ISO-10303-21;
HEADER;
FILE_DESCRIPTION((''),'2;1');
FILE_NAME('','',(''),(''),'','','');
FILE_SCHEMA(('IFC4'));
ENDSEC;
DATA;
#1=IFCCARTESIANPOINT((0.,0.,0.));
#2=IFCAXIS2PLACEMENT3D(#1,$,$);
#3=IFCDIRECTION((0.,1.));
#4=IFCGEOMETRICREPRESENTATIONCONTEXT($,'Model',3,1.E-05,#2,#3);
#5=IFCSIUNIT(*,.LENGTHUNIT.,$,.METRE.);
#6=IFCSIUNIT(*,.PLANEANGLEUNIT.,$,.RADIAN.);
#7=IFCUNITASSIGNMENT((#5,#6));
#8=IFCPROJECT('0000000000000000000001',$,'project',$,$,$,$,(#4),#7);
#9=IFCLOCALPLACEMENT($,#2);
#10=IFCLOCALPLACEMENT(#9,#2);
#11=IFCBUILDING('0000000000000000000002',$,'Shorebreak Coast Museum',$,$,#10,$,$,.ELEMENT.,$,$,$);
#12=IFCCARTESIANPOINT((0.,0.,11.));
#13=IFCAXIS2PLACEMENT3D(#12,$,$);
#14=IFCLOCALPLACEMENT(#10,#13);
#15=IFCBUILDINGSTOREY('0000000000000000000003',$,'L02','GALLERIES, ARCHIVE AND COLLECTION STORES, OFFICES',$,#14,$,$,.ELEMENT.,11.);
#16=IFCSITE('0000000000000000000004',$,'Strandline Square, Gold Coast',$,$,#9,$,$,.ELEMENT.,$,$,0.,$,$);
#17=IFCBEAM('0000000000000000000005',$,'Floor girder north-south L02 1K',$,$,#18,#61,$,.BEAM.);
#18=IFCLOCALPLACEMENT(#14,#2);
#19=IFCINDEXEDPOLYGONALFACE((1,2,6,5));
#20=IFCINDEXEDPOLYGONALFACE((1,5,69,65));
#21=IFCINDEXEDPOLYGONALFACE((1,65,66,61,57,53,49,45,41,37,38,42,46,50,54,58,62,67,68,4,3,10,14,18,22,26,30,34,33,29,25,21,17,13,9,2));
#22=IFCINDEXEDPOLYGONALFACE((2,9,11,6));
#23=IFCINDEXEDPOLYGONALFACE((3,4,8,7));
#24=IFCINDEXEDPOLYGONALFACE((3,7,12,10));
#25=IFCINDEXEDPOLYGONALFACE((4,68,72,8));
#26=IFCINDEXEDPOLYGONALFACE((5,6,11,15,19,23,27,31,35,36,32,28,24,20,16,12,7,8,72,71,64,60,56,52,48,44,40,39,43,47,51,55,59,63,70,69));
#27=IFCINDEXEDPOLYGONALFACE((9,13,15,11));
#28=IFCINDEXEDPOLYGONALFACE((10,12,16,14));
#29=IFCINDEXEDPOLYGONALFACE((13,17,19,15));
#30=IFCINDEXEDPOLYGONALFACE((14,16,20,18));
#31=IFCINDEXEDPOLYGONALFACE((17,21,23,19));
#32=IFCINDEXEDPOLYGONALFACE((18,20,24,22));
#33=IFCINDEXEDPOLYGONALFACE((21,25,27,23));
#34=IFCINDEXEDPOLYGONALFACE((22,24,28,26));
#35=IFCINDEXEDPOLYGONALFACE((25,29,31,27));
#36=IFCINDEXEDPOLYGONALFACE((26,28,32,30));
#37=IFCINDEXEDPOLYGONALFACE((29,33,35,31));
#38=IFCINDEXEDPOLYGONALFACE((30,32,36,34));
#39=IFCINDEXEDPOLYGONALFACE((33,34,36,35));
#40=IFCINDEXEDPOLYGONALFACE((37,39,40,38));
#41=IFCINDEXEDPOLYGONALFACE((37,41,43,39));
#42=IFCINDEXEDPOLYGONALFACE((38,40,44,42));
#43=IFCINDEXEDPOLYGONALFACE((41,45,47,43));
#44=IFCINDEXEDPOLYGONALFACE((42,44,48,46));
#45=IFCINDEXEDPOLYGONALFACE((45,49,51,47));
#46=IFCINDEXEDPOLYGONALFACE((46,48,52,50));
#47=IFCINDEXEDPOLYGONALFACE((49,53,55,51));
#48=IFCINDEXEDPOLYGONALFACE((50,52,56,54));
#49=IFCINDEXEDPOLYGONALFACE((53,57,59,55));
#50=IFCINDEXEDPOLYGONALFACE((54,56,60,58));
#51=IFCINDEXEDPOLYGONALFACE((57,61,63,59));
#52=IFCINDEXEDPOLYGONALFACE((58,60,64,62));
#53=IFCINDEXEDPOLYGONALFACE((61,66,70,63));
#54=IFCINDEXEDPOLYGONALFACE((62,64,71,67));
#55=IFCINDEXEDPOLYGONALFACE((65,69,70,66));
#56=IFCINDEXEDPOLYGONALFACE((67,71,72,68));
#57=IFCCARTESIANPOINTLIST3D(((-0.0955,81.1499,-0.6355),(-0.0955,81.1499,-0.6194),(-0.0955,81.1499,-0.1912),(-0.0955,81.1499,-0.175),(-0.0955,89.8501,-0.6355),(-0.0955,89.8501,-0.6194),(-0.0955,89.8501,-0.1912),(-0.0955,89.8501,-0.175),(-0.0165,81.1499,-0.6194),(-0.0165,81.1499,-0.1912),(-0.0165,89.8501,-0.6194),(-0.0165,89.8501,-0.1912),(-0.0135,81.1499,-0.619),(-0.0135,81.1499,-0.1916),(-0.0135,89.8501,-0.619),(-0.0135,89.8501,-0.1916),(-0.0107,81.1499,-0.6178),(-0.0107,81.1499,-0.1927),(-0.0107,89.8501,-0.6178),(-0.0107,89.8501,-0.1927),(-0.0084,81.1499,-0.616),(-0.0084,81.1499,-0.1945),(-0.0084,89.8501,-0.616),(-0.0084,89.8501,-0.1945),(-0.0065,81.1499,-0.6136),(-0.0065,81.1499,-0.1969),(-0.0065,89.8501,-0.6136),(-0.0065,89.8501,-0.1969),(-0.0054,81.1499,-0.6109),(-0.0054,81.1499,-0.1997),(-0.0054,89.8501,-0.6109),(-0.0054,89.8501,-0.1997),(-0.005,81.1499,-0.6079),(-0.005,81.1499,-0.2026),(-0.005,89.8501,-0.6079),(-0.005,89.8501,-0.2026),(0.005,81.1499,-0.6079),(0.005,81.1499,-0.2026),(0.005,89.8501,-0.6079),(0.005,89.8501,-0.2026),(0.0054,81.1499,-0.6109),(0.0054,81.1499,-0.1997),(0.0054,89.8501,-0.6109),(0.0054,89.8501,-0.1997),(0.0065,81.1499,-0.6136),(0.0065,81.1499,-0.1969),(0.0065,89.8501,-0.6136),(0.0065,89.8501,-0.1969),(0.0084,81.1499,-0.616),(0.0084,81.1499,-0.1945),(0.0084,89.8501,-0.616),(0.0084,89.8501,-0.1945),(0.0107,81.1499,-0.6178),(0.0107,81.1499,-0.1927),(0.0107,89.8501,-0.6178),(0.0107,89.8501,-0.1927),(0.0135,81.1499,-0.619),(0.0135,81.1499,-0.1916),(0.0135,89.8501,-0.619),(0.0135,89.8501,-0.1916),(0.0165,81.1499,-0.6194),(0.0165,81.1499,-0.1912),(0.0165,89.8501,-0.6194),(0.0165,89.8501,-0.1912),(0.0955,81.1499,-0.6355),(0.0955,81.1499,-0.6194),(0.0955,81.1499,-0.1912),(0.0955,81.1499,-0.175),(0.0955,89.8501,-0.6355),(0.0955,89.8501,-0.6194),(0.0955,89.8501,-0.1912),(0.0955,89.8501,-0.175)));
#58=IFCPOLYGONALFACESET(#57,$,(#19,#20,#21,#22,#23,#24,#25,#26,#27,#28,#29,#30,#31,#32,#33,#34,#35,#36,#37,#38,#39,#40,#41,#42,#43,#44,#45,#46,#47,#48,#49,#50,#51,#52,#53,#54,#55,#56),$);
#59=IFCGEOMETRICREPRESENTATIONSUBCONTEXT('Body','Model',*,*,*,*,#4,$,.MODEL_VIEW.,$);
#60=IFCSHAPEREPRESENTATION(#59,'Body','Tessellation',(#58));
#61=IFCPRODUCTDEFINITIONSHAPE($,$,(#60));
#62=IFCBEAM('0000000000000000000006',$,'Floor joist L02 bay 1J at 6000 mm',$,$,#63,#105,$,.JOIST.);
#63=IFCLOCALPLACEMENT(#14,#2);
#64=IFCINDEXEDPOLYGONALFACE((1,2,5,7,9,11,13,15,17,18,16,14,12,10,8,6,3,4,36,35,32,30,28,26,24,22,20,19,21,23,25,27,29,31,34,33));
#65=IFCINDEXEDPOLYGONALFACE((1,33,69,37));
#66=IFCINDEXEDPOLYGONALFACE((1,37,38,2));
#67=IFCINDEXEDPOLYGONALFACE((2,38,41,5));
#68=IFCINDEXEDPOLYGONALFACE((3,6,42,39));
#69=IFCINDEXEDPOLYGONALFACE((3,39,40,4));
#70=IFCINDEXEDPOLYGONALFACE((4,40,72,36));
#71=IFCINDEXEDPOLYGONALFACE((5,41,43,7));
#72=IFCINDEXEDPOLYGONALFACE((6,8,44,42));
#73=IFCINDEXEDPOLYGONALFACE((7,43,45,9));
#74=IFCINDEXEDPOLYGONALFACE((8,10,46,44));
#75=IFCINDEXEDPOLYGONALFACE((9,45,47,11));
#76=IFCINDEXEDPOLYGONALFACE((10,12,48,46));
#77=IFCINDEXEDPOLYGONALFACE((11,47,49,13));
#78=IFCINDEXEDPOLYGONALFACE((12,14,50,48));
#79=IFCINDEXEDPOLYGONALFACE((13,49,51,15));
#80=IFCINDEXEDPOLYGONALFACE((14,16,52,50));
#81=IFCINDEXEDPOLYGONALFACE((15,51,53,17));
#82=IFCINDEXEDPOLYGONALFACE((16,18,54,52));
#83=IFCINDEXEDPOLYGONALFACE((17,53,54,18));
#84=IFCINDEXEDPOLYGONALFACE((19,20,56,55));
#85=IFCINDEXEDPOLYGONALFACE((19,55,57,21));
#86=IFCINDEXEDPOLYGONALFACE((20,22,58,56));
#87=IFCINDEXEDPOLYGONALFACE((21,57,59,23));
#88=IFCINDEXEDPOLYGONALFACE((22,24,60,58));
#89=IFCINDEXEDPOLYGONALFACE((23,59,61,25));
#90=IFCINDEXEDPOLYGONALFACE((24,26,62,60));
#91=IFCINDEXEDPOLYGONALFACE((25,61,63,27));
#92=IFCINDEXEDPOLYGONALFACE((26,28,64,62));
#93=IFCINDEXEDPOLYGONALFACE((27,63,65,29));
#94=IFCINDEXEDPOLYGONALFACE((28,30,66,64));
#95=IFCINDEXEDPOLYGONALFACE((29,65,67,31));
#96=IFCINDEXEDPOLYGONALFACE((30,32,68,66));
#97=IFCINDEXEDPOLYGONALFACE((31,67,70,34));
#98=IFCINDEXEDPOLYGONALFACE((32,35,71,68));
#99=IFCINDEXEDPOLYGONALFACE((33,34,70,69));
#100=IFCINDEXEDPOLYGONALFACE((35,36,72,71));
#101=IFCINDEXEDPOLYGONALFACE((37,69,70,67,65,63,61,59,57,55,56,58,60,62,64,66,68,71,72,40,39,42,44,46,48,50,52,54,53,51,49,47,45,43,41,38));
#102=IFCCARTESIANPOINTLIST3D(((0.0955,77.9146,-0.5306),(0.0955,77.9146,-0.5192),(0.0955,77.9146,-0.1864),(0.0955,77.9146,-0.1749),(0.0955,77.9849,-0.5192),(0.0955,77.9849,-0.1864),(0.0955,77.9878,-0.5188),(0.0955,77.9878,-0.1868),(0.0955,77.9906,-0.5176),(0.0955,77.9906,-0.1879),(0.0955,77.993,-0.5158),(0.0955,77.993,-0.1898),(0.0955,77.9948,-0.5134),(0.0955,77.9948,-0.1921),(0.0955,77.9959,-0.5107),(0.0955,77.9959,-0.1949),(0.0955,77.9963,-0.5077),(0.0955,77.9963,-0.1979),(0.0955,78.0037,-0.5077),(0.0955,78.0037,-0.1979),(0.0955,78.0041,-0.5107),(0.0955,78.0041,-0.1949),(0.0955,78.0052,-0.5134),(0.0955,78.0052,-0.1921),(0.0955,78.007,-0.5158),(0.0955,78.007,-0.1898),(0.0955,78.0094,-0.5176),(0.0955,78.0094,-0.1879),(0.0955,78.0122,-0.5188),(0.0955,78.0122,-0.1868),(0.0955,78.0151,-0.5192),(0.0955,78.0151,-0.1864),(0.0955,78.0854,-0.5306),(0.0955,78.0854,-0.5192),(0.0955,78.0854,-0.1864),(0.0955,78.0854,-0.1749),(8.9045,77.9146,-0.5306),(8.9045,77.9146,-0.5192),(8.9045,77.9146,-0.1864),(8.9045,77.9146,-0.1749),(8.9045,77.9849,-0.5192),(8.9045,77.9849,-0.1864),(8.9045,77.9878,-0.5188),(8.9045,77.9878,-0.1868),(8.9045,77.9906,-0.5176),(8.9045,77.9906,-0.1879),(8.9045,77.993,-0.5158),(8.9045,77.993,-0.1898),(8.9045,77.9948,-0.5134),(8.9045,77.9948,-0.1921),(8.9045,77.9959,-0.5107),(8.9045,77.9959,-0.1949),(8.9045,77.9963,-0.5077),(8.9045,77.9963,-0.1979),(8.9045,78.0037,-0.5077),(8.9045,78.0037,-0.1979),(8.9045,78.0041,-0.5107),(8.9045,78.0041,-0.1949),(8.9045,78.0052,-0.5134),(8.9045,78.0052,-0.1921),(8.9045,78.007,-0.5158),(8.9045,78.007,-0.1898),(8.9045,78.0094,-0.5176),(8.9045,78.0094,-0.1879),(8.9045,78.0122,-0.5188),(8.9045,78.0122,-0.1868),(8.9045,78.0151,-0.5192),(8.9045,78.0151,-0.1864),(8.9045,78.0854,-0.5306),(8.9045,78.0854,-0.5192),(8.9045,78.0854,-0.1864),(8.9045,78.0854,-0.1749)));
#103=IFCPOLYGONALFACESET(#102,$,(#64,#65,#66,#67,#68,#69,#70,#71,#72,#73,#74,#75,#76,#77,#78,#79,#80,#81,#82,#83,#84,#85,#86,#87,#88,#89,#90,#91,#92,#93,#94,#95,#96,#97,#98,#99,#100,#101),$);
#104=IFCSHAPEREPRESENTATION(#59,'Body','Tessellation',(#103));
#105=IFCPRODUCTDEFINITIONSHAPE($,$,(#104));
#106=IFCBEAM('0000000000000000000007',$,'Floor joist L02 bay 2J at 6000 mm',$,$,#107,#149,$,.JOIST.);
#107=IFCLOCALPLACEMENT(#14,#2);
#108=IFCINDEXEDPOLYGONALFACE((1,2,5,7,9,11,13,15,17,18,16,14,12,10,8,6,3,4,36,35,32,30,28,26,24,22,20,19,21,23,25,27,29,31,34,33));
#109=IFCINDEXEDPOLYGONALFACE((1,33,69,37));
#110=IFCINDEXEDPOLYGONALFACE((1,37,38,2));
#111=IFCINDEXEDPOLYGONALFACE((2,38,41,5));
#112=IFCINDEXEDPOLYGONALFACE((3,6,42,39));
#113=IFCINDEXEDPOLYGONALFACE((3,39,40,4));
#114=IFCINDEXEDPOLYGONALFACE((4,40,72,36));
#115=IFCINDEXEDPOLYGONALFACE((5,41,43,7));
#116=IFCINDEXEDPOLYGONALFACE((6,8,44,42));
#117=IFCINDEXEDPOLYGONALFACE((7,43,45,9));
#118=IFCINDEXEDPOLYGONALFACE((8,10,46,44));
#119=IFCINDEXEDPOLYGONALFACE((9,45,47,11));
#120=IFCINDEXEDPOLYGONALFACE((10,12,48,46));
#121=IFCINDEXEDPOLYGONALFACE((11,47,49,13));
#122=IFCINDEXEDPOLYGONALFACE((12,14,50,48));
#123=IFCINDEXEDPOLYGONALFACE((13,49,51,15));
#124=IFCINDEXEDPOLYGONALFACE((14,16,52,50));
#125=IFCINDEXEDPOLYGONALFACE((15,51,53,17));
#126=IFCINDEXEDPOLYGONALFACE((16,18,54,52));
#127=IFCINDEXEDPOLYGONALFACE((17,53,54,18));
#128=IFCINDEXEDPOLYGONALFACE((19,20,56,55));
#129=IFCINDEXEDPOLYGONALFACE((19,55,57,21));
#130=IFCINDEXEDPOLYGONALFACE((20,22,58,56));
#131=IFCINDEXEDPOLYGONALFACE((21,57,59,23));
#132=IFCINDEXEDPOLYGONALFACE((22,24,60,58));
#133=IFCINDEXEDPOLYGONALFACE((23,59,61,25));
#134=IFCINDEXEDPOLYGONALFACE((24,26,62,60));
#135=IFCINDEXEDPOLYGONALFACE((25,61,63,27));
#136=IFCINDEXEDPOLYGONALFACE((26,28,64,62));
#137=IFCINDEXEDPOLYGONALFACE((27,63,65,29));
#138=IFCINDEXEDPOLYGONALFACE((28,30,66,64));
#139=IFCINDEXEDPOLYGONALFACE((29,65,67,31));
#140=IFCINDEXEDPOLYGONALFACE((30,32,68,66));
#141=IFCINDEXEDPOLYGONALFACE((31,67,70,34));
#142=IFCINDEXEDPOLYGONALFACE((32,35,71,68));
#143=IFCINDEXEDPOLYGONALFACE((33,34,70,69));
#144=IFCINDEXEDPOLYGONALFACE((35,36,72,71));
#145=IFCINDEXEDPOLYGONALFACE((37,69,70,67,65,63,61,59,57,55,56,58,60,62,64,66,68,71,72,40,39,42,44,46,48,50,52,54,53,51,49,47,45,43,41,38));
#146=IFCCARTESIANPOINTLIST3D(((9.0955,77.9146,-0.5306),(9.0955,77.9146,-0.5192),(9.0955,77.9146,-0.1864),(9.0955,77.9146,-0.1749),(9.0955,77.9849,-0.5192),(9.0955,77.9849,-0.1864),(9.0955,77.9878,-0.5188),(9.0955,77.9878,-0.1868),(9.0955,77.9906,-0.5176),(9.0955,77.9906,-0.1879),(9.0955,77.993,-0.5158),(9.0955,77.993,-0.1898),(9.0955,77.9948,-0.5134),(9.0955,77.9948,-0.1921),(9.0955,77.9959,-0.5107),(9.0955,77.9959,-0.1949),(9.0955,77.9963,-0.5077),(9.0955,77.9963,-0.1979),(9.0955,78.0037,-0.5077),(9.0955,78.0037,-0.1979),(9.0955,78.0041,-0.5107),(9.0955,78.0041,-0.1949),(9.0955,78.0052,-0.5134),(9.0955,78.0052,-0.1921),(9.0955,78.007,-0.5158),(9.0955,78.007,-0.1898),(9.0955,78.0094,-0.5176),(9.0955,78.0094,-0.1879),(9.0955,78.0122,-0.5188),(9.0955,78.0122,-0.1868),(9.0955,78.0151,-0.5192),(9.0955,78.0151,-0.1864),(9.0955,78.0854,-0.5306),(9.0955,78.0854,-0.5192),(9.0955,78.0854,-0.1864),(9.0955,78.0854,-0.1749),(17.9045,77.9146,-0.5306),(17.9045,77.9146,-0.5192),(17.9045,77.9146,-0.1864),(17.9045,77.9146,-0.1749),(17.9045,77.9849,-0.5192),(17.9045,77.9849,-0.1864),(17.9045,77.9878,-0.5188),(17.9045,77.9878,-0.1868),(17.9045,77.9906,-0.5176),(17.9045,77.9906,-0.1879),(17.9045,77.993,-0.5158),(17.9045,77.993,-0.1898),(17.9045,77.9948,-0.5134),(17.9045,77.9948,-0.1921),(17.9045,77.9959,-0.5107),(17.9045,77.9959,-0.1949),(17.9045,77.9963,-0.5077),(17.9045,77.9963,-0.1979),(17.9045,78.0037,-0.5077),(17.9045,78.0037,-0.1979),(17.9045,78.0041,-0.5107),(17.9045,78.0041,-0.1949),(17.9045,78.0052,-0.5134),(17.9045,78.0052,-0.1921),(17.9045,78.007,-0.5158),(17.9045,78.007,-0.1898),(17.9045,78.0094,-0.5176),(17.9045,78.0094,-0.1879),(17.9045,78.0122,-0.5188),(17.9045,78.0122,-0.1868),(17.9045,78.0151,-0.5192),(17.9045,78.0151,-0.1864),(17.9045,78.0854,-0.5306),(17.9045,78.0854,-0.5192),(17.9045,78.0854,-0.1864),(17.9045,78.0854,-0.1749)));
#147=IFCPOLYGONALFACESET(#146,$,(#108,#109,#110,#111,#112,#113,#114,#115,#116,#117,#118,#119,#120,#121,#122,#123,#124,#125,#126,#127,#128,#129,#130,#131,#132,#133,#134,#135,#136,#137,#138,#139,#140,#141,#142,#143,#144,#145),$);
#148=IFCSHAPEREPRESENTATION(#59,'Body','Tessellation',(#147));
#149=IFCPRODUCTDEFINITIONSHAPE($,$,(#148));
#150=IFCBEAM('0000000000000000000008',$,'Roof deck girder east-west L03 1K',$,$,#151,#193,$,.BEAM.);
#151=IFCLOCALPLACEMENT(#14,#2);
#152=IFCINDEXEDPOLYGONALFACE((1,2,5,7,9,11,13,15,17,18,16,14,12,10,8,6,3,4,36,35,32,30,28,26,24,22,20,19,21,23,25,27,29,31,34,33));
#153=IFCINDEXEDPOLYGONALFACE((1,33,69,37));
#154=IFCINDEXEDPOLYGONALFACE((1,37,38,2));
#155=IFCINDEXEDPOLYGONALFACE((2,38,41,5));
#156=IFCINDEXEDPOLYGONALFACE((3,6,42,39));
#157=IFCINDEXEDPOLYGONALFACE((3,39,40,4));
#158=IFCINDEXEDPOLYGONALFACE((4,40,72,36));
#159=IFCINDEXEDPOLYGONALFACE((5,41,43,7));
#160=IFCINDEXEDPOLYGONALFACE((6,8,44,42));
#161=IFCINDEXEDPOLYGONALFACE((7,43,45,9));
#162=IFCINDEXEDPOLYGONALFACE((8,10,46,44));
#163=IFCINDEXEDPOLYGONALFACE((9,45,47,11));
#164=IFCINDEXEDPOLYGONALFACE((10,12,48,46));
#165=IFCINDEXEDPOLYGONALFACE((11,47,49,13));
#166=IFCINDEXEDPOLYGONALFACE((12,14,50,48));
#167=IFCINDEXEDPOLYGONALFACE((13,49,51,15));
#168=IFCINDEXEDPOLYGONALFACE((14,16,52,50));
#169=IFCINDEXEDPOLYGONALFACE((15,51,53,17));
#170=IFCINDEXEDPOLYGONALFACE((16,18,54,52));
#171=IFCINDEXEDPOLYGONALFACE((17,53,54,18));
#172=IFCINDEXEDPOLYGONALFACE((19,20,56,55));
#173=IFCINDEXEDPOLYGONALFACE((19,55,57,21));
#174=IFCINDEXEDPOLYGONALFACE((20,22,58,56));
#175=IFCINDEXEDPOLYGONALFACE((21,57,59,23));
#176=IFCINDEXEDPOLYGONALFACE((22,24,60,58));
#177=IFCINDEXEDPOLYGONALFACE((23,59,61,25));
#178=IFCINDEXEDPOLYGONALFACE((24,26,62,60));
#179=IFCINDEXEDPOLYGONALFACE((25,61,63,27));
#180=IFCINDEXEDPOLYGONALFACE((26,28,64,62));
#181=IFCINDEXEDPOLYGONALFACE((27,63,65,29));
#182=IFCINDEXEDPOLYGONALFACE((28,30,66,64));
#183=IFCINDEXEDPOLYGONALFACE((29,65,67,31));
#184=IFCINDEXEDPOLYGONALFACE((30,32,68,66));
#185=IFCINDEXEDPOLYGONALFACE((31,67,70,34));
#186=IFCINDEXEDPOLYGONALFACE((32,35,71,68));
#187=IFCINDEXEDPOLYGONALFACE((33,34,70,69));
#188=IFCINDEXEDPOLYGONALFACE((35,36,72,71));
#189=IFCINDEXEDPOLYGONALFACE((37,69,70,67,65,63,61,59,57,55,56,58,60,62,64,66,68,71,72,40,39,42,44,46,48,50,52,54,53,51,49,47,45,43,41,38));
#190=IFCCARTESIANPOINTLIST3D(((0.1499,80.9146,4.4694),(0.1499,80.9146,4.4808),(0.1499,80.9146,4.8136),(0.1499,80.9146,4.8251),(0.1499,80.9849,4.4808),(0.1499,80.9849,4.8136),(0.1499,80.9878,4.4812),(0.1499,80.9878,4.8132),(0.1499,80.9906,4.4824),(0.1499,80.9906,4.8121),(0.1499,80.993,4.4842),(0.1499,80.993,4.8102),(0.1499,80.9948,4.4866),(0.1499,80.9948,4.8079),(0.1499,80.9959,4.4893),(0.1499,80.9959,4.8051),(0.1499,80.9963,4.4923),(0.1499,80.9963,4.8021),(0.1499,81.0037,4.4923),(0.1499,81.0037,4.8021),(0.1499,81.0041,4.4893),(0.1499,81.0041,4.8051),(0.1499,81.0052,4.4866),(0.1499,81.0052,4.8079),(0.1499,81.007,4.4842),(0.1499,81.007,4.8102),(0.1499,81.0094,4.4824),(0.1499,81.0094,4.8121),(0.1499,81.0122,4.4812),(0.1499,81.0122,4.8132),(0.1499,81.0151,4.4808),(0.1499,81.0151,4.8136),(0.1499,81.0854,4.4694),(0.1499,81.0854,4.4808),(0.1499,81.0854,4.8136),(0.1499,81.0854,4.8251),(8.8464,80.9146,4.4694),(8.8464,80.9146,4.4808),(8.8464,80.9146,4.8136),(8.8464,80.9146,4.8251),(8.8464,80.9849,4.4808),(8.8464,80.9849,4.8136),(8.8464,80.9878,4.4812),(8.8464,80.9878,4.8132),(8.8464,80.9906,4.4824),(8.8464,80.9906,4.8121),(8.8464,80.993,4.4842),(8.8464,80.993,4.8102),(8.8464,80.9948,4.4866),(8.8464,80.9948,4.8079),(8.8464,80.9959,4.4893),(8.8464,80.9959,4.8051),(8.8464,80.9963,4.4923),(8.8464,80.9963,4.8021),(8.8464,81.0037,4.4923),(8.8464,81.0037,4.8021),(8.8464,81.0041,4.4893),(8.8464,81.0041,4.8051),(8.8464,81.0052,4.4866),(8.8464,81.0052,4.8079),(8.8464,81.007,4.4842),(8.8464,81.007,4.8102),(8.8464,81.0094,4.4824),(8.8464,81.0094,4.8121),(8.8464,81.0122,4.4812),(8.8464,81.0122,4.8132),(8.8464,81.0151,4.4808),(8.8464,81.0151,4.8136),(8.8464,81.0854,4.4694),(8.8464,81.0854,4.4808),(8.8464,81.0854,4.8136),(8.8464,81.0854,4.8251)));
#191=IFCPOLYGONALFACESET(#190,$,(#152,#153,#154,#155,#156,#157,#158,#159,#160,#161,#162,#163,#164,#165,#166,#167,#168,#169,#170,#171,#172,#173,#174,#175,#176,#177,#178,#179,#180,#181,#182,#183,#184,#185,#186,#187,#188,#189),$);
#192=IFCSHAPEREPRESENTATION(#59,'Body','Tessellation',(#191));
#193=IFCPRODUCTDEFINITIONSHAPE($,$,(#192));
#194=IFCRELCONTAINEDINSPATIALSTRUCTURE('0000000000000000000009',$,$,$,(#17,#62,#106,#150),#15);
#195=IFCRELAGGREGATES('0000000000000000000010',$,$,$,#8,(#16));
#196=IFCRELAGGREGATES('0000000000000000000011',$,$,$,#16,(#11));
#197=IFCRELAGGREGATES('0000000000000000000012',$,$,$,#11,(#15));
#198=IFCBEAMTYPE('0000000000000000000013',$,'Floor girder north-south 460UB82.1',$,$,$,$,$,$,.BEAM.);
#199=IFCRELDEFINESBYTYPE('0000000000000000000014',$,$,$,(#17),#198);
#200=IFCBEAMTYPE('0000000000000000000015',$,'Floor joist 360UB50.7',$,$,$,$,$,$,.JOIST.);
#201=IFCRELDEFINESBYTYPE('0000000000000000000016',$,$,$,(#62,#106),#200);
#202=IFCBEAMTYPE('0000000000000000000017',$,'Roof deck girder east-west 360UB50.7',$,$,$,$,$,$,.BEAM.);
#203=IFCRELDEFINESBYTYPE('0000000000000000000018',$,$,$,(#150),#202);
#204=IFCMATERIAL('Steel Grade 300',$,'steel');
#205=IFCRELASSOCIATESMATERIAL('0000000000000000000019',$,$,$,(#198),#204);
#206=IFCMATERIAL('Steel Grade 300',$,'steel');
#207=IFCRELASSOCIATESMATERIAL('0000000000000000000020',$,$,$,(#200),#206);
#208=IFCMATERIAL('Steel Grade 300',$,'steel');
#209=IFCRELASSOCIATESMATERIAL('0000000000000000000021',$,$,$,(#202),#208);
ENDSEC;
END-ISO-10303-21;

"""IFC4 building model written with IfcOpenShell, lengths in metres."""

from ifc_helpers import new_model, si_unit, direction, frame, origin, origin_2d, place, context, subcontext, project, spatial, i_section, extrude, material, material_profile, profile_set, type_object, element, save


model = new_model("IFC4")

# Units and contexts
model_context = context("Model", 3, precision=1e-05, world=origin(), true_north=direction((0.0, 1.0)))
body_context = subcontext(model_context, "Body", "Model", "MODEL_VIEW")
ifc_project = project(units=[si_unit("LENGTHUNIT", "METRE"), si_unit("PLANEANGLEUNIT", "RADIAN")], contexts=[model_context])

# Site, building, storey
site_placement = place(None, origin())
site = spatial("IfcSite", under=ifc_project, at=site_placement, Name="Strandline Square, Gold Coast", CompositionType="ELEMENT", RefElevation=0.0)
building_placement = place(site_placement, origin())
building = spatial("IfcBuilding", under=site, at=building_placement, Name="Shorebreak Coast Museum", CompositionType="ELEMENT")
storey_placement = place(building_placement, frame((0.0, 0.0, 11.0)))
storey = spatial("IfcBuildingStorey", under=building, at=storey_placement, Name="L02", Description="GALLERIES, ARCHIVE AND COLLECTION STORES, OFFICES", CompositionType="ELEMENT", Elevation=11.0)

# Beams
ifc_material_1 = material(Name="Steel Grade 300", Category="steel")
ifc_material_profile_1 = material_profile(ifc_material_1, i_section(OverallWidth=0.1909, OverallDepth=0.4604, WebThickness=0.01, FlangeThickness=0.0161, FilletRadius=0.0115, at=origin_2d()), Name="460UB82.1")
ifc_profile_set_1 = profile_set([ifc_material_profile_1], Name="Steel Grade 300")
beam_type_1 = type_object("IfcBeamType", Name="Floor girder north-south 460UB82.1", PredefinedType="BEAM", material=ifc_profile_set_1)
beam_1_placement = place(storey_placement, frame((0.0, 81.1499, -0.4053), z_axis=(0.0, 1.0, 0.0), x_axis=(-1.0, 0.0, 0.0)))
element("IfcBeam", 1, at=beam_1_placement, inside=storey, type_object=beam_type_1, Name="Floor girder north-south L02 1K", PredefinedType="BEAM", context=body_context, shape_type="SweptSolid", body=[
    extrude(i_section(OverallWidth=0.1909, OverallDepth=0.4604, WebThickness=0.01, FlangeThickness=0.0161, FilletRadius=0.0115, at=origin_2d()), origin(), (0.0, 0.0, 1.0), 8.7002),
])
ifc_material_2 = material(Name="Steel Grade 300", Category="steel")
ifc_material_profile_2 = material_profile(ifc_material_2, i_section(OverallWidth=0.1709, OverallDepth=0.3557, WebThickness=0.0073, FlangeThickness=0.0115, FilletRadius=0.0115, at=origin_2d()), Name="360UB50.7")
ifc_profile_set_2 = profile_set([ifc_material_profile_2], Name="Steel Grade 300")
beam_type_2 = type_object("IfcBeamType", Name="Floor joist 360UB50.7", PredefinedType="JOIST", material=ifc_profile_set_2)
for number, where, z_axis, x_axis, name in (
    (2, (0.0955, 78.0, -0.3528), (1.0, 0.0, 0.0), (0.0, 1.0, 0.0), "Floor joist L02 bay 1J at 6000 mm"),
    (3, (9.0955, 78.0, -0.3528), (1.0, 0.0, 0.0), (0.0, 1.0, 0.0), "Floor joist L02 bay 2J at 6000 mm"),
):
    element("IfcBeam", number, at=place(storey_placement, frame(where, z_axis=z_axis, x_axis=x_axis)), inside=storey, type_object=beam_type_2, Name=name, PredefinedType="JOIST", context=body_context, shape_type="SweptSolid", body=[
        extrude(i_section(OverallWidth=0.1709, OverallDepth=0.3557, WebThickness=0.0073, FlangeThickness=0.0115, FilletRadius=0.0115, at=origin_2d()), origin(), (0.0, 0.0, 1.0), 8.8091),
    ])
ifc_material_3 = material(Name="Steel Grade 300", Category="steel")
ifc_material_profile_3 = material_profile(ifc_material_3, i_section(OverallWidth=0.1709, OverallDepth=0.3557, WebThickness=0.0073, FlangeThickness=0.0115, FilletRadius=0.0115, at=origin_2d()), Name="360UB50.7")
ifc_profile_set_3 = profile_set([ifc_material_profile_3], Name="Steel Grade 300")
beam_type_3 = type_object("IfcBeamType", Name="Roof deck girder east-west 360UB50.7", PredefinedType="BEAM", material=ifc_profile_set_3)
beam_2_placement = place(storey_placement, frame((0.1499, 81.0, 4.6472), z_axis=(1.0, 0.0, 0.0), x_axis=(0.0, 1.0, 0.0)))
element("IfcBeam", 4, at=beam_2_placement, inside=storey, type_object=beam_type_3, Name="Roof deck girder east-west L03 1K", PredefinedType="BEAM", context=body_context, shape_type="SweptSolid", body=[
    extrude(i_section(OverallWidth=0.1709, OverallDepth=0.3557, WebThickness=0.0073, FlangeThickness=0.0115, FilletRadius=0.0115, at=origin_2d()), origin(), (0.0, 0.0, 1.0), 8.6965),
])

save(model, "model.ifc")
